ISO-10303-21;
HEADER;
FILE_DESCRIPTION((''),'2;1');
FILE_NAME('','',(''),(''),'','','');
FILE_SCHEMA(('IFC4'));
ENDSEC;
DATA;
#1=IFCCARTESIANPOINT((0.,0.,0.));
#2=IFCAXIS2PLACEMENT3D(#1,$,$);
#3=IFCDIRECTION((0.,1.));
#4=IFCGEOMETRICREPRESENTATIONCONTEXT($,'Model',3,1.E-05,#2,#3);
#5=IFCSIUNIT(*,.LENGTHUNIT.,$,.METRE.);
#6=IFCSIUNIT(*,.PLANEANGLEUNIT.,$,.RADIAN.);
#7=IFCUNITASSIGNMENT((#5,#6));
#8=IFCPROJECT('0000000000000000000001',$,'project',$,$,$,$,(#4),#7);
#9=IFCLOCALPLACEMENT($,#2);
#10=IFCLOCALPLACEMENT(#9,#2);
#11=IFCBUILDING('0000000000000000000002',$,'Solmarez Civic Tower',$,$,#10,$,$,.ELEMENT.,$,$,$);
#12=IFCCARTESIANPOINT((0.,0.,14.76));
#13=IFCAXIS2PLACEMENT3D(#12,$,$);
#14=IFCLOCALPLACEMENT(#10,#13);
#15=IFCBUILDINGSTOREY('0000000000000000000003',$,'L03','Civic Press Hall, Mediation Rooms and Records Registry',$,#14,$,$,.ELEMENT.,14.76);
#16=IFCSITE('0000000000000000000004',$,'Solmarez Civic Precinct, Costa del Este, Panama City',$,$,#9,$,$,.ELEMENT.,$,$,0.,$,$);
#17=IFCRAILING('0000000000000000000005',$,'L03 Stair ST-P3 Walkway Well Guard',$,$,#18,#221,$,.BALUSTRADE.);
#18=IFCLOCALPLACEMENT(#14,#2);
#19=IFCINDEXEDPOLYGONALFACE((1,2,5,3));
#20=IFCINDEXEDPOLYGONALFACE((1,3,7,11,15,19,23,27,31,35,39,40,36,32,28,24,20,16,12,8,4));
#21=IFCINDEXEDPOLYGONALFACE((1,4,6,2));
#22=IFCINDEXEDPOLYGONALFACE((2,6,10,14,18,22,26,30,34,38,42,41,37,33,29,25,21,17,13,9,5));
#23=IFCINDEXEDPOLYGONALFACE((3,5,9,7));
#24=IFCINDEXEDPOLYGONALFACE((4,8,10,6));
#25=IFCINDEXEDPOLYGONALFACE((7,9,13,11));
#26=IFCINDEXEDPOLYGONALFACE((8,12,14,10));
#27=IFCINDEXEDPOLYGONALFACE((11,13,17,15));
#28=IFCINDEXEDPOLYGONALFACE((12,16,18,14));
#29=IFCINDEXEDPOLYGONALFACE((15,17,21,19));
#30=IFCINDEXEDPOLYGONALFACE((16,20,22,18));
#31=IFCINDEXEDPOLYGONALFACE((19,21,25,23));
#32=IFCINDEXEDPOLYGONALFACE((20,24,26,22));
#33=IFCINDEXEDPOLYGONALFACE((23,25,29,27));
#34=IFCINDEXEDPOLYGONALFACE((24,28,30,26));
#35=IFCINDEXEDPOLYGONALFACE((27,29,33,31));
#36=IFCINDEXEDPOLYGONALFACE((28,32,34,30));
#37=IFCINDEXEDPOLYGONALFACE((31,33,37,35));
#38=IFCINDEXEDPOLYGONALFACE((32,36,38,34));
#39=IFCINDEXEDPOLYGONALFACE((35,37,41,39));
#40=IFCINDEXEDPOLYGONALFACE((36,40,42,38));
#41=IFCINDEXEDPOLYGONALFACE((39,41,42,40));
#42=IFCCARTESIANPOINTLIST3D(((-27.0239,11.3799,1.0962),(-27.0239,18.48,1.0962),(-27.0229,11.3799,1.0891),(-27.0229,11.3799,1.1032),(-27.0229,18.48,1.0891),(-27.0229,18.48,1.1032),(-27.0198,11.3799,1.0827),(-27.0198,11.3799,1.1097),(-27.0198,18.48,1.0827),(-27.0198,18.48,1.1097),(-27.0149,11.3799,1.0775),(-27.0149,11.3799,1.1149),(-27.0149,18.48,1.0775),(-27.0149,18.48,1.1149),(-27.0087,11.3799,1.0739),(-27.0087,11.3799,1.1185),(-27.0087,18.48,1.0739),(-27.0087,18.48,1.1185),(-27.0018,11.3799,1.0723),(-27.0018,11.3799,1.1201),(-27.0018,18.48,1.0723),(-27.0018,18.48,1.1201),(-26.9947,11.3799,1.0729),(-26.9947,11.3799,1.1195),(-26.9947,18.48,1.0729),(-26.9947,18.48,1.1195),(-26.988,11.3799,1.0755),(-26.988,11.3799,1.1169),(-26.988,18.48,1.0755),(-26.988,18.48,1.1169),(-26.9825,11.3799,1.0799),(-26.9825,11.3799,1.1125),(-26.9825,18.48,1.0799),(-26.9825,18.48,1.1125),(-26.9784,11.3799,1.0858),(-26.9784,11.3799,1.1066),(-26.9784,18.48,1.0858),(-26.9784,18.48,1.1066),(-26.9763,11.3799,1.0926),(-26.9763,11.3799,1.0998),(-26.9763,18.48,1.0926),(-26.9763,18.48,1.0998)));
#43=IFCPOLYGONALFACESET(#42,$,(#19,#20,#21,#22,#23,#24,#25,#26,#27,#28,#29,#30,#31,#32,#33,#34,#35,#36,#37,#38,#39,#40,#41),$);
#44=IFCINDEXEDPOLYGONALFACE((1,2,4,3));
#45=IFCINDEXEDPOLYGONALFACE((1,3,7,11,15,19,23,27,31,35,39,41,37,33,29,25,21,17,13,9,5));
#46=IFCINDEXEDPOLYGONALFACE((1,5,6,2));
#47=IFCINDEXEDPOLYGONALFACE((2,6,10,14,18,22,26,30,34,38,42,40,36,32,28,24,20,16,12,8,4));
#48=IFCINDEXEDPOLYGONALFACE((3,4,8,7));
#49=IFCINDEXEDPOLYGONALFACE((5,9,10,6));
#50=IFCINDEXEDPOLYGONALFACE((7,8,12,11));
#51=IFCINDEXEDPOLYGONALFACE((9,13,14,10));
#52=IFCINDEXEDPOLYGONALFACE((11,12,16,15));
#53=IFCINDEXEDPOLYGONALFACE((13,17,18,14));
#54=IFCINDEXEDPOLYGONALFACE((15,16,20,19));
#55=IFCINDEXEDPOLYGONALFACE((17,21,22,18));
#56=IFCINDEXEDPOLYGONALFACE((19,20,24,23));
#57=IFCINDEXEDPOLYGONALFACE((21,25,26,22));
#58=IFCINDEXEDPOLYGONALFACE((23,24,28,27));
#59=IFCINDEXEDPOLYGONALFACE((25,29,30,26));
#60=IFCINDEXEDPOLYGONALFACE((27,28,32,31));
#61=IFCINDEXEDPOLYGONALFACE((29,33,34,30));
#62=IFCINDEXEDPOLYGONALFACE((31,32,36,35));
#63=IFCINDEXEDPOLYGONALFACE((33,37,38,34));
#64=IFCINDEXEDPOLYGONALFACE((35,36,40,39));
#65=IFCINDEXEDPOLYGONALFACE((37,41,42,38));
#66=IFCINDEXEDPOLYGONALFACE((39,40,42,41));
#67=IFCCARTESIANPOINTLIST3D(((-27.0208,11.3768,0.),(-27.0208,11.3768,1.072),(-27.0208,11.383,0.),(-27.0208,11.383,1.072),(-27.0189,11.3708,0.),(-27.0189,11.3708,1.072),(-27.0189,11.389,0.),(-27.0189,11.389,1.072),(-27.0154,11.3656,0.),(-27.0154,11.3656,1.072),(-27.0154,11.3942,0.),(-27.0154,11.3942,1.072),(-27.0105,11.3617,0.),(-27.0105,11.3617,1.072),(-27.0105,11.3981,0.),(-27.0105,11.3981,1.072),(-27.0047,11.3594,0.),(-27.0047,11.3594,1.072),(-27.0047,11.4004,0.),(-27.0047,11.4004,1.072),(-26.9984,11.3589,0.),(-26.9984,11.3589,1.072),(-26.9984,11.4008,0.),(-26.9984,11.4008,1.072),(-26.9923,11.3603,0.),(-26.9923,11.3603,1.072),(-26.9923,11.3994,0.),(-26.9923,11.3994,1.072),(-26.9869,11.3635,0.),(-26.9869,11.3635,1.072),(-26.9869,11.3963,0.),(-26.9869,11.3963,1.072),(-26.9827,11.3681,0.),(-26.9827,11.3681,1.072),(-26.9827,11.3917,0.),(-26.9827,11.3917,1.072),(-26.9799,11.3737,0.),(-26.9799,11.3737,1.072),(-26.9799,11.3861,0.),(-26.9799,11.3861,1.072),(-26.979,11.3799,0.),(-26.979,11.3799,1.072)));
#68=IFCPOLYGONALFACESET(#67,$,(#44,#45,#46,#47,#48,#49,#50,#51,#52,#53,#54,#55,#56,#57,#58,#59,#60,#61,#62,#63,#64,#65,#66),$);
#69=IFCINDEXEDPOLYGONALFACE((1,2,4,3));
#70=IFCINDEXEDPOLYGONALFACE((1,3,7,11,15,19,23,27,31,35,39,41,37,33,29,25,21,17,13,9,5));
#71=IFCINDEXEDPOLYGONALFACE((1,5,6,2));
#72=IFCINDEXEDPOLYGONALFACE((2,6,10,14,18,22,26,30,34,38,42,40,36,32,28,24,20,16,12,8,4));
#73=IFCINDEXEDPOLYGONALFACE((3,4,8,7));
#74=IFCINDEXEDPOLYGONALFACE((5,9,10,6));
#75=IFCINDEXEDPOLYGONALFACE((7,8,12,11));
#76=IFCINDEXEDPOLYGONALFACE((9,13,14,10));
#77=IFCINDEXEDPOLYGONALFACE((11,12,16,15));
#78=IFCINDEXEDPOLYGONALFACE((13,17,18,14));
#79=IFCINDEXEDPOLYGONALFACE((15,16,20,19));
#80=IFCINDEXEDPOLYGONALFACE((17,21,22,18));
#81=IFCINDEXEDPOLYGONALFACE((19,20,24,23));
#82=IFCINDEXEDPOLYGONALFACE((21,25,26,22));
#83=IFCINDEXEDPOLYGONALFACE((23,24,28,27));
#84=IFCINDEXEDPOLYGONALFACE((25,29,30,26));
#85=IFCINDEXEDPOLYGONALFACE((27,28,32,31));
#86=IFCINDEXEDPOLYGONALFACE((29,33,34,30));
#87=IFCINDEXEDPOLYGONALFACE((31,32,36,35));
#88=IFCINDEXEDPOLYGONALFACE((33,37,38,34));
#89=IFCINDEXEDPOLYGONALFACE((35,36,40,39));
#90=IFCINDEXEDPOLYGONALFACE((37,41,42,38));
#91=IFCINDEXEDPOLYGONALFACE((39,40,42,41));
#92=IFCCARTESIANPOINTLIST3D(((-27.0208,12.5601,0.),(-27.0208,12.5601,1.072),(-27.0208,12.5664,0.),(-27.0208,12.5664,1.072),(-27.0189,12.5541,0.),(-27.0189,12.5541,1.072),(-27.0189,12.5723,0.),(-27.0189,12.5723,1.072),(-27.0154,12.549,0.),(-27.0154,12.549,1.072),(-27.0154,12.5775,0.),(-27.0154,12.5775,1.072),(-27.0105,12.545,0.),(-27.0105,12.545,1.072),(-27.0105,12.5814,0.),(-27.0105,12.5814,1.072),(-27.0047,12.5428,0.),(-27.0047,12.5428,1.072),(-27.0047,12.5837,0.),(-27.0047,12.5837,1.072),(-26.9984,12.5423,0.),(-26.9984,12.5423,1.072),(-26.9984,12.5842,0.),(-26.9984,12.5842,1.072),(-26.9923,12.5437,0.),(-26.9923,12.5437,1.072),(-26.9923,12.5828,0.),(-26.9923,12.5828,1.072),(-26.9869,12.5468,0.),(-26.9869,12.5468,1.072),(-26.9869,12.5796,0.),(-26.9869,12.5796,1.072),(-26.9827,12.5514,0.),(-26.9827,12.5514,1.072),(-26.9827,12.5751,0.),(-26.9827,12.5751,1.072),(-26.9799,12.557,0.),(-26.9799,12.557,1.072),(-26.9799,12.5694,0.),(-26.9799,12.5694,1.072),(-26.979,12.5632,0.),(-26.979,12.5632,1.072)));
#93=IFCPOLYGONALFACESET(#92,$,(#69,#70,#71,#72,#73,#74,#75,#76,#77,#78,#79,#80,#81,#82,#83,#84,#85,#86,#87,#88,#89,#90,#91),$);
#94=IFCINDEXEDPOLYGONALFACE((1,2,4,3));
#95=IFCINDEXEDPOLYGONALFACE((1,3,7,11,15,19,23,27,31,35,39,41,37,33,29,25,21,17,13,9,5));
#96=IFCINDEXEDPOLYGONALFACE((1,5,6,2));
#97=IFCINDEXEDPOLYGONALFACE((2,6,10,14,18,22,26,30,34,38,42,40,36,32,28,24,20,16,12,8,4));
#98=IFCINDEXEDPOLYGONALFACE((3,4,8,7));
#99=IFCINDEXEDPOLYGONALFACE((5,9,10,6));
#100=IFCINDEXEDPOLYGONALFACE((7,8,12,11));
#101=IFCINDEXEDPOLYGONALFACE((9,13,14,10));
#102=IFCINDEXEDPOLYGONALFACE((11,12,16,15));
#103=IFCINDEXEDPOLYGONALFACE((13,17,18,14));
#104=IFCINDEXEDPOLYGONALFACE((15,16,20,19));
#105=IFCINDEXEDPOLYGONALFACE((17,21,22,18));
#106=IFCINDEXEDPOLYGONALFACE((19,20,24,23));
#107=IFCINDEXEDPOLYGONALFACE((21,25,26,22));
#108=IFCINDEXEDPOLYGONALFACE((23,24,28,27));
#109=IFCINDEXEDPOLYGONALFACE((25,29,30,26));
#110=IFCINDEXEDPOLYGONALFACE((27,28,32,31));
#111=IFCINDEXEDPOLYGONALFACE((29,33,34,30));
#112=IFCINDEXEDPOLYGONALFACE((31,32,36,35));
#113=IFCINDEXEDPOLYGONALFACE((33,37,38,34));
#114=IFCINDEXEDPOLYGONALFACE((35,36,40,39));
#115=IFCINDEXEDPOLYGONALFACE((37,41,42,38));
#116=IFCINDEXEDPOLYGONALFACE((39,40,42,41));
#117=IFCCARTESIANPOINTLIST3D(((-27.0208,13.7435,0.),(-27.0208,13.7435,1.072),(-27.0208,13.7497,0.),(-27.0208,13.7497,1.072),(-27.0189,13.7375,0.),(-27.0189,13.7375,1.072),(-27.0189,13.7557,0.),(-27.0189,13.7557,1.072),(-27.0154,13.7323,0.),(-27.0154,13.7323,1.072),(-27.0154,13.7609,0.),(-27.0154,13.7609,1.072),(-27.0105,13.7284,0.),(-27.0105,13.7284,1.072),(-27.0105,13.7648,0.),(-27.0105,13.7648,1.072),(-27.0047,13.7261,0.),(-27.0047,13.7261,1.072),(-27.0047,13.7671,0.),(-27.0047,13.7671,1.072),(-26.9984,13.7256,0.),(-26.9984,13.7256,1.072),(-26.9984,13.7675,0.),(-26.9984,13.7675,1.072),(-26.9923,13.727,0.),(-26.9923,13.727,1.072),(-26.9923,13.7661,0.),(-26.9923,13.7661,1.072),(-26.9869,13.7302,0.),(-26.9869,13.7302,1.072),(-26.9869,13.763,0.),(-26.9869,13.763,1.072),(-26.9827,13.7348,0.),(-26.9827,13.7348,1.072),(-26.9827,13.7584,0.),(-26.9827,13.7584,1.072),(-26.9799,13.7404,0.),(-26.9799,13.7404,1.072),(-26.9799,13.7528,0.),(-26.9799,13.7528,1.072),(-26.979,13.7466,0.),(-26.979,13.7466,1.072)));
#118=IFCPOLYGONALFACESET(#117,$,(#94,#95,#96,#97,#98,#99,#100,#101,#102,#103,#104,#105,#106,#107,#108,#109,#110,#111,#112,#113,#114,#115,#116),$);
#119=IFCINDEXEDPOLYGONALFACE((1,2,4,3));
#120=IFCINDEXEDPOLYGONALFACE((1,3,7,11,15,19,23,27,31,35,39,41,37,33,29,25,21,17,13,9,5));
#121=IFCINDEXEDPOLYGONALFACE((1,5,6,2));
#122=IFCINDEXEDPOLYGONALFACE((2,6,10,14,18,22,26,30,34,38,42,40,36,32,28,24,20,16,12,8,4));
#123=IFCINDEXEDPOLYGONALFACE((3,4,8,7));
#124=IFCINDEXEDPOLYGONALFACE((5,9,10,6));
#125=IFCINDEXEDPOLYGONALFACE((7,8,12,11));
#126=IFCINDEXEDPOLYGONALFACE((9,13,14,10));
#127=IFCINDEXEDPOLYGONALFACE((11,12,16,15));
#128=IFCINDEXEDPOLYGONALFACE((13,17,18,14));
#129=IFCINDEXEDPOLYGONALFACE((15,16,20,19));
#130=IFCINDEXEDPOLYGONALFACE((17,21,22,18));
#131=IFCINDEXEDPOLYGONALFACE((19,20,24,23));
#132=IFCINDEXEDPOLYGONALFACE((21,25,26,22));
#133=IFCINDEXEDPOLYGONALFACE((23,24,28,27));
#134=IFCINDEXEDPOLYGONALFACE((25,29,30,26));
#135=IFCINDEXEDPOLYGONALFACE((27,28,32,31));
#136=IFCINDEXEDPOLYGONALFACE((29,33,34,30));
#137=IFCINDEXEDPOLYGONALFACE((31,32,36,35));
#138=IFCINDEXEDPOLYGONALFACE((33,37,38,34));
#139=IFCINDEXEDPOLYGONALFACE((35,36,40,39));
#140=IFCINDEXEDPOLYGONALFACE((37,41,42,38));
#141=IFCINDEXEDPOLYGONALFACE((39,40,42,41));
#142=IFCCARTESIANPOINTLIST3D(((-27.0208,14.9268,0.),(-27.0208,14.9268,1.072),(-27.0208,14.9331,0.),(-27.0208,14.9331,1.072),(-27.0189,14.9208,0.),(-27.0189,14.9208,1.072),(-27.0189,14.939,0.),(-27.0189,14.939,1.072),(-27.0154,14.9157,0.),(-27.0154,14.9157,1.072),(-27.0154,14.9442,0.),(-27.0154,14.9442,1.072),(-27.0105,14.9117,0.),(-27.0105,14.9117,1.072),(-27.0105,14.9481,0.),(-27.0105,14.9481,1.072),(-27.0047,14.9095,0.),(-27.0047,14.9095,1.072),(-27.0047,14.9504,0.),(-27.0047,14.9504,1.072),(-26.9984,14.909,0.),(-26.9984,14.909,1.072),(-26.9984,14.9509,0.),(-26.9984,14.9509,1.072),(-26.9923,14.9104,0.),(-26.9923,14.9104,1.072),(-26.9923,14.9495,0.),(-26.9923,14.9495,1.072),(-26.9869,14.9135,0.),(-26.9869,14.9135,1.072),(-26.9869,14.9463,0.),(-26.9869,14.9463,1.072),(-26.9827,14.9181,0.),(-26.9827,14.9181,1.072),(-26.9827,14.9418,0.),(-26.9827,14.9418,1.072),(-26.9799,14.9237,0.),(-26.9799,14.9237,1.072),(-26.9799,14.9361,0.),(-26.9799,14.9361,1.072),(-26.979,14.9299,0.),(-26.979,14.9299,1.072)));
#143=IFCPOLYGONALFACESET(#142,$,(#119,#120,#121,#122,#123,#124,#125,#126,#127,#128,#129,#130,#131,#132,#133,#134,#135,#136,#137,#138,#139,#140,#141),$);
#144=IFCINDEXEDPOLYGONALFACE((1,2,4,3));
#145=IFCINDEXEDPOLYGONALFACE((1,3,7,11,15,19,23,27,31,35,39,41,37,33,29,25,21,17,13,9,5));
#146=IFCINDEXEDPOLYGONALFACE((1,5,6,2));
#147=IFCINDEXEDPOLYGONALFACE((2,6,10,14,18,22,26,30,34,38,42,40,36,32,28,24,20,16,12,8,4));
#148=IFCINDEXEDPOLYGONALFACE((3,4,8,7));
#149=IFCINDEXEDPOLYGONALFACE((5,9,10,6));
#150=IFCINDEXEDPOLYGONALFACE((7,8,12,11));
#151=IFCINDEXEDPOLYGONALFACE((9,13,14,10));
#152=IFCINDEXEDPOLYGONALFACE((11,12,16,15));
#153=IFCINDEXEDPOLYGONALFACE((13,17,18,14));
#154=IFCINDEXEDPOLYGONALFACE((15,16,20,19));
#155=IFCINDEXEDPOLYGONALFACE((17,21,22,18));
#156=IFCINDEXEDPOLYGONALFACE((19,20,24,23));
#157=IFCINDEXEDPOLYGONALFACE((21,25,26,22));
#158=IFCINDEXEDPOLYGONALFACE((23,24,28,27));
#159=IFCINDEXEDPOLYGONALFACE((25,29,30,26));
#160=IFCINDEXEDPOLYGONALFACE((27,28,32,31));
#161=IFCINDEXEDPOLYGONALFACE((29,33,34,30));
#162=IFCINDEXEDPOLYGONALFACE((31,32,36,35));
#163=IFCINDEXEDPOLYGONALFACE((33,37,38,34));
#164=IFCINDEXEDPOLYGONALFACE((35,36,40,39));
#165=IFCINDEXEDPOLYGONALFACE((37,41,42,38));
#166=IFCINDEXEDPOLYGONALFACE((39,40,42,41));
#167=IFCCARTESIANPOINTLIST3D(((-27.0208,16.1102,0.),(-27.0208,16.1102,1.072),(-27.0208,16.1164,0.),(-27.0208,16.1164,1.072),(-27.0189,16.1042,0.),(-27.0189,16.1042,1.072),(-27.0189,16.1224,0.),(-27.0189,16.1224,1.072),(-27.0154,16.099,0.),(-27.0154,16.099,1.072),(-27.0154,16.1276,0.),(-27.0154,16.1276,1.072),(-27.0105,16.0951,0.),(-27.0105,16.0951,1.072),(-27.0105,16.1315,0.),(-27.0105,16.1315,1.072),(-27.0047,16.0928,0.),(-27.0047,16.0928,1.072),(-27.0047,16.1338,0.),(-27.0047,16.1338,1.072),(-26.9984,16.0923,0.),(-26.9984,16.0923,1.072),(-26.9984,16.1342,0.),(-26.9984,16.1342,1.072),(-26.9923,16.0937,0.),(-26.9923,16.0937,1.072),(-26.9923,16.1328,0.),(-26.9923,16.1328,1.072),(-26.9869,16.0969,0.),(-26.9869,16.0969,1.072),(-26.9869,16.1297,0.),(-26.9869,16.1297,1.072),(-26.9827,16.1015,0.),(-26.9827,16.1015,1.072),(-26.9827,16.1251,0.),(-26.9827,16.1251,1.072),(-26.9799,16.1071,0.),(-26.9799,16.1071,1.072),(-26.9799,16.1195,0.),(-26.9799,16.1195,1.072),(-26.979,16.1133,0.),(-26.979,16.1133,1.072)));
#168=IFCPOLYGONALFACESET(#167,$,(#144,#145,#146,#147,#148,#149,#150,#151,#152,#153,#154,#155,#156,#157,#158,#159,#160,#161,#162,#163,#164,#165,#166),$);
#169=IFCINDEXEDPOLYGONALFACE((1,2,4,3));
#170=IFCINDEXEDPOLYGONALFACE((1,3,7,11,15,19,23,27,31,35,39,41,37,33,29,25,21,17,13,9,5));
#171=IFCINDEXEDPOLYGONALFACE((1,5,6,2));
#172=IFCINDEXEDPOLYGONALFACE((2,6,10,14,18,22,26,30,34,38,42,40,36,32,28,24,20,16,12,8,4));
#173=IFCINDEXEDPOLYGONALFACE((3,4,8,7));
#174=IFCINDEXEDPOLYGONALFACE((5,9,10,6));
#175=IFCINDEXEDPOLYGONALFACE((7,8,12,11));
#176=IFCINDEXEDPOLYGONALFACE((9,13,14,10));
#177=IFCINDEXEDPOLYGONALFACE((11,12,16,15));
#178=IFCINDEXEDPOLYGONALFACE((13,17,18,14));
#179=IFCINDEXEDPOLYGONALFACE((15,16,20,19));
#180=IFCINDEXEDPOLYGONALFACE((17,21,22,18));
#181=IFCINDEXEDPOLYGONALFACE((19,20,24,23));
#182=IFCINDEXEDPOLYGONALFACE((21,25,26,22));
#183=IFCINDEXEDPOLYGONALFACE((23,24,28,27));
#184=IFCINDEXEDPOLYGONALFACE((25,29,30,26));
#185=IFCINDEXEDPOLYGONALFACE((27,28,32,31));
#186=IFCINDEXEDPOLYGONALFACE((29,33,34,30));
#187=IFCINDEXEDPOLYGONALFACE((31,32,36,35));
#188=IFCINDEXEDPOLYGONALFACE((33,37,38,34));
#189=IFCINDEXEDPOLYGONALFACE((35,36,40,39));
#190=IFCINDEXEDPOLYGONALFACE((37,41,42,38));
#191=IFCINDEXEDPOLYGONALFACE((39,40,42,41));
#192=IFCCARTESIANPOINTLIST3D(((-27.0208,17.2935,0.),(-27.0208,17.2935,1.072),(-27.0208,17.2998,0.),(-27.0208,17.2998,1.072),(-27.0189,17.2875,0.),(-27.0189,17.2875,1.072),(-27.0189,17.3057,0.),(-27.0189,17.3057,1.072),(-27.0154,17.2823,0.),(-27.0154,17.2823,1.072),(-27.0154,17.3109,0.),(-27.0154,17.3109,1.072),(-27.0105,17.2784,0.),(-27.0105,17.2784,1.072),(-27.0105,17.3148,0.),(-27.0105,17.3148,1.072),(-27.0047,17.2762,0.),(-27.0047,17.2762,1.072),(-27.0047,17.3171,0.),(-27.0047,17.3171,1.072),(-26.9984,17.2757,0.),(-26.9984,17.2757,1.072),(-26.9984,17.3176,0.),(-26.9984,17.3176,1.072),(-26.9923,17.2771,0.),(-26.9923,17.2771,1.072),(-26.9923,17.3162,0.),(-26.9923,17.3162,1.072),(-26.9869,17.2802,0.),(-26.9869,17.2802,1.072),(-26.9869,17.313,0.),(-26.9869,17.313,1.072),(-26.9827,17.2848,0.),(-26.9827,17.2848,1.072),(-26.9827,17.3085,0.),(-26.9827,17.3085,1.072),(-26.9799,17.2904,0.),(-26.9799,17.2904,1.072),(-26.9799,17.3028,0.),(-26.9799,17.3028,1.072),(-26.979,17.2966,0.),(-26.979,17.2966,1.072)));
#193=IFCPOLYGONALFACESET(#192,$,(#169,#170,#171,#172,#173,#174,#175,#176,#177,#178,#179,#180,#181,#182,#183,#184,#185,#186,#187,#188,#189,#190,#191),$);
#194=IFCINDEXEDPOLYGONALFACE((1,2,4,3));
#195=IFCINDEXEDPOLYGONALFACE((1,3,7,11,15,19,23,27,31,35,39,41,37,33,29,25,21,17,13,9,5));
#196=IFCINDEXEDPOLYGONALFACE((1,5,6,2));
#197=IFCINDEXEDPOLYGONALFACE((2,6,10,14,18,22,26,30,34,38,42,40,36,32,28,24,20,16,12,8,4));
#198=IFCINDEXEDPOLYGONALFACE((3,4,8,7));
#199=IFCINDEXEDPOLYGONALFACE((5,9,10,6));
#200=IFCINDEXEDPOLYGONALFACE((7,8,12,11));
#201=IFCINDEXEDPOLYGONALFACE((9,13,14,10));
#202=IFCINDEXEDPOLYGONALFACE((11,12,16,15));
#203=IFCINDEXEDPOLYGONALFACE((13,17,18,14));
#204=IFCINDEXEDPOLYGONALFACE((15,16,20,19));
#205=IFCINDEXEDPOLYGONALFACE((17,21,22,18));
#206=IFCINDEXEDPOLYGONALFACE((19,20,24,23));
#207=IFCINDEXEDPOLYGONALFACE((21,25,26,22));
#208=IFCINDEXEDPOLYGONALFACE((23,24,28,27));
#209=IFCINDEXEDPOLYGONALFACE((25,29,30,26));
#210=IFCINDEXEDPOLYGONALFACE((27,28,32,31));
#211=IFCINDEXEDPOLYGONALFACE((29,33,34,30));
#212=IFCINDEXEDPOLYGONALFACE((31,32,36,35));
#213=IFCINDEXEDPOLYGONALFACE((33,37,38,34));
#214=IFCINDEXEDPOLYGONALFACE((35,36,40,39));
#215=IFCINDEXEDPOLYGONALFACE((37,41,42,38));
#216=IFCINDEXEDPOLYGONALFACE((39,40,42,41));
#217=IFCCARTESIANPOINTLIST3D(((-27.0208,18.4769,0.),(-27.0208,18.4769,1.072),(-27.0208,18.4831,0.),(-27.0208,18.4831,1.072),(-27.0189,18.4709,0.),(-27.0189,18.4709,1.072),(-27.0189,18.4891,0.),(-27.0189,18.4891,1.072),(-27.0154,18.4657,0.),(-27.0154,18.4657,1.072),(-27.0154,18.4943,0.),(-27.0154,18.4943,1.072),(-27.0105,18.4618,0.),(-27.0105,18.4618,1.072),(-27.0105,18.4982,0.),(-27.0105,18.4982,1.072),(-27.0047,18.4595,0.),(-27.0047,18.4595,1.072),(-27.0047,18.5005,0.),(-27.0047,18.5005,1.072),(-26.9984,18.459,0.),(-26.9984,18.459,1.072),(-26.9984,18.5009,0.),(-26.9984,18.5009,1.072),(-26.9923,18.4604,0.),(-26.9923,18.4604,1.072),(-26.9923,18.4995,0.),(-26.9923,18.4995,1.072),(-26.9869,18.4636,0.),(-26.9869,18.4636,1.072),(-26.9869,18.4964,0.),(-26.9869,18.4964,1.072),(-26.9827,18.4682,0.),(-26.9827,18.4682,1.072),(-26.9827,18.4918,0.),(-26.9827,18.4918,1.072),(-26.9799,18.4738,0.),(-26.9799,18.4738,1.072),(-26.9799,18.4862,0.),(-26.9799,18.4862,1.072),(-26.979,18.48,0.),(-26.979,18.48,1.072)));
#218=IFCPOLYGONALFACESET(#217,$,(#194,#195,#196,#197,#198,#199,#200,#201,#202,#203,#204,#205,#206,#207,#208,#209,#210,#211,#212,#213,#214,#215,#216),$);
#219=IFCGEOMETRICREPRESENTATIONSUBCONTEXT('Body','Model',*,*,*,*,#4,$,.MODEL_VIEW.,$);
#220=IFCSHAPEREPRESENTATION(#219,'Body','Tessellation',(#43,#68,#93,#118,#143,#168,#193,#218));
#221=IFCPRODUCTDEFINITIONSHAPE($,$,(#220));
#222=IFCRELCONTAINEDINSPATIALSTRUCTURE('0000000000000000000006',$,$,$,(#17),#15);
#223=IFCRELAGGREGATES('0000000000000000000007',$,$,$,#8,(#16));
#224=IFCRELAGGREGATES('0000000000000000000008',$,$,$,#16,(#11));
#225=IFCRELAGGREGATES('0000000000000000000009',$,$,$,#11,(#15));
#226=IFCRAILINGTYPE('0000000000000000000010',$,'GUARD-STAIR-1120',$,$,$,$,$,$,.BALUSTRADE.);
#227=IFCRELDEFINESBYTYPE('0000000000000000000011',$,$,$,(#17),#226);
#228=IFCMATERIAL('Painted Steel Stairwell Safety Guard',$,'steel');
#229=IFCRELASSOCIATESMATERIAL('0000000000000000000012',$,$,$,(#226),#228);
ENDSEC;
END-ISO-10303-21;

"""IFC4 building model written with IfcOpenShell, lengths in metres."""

from ifc_helpers import new_model, si_unit, direction, frame, origin, origin_2d, place, context, subcontext, project, spatial, circle, extrude, material, type_object, element, save


model = new_model("IFC4")

# Units and contexts
model_context = context("Model", 3, precision=1e-05, world=origin(), true_north=direction((0.0, 1.0)))
body_context = subcontext(model_context, "Body", "Model", "MODEL_VIEW")
ifc_project = project(units=[si_unit("LENGTHUNIT", "METRE"), si_unit("PLANEANGLEUNIT", "RADIAN")], contexts=[model_context])

# Site, building, storey
site_placement = place(None, origin())
site = spatial("IfcSite", under=ifc_project, at=site_placement, Name="Solmarez Civic Precinct, Costa del Este, Panama City", CompositionType="ELEMENT", RefElevation=0.0)
building_placement = place(site_placement, origin())
building = spatial("IfcBuilding", under=site, at=building_placement, Name="Solmarez Civic Tower", CompositionType="ELEMENT")
storey_placement = place(building_placement, frame((0.0, 0.0, 14.76)))
storey = spatial("IfcBuildingStorey", under=building, at=storey_placement, Name="L03", Description="Civic Press Hall, Mediation Rooms and Records Registry", CompositionType="ELEMENT", Elevation=14.76)

# Railing
ifc_material_1 = material(Name="Painted Steel Stairwell Safety Guard", Category="steel")
railing_type_1 = type_object("IfcRailingType", Name="GUARD-STAIR-1120", PredefinedType="BALUSTRADE", material=ifc_material_1)
railing_1_placement = place(storey_placement, frame((-27.0, 11.3799, 0.0)))
element("IfcRailing", 1, at=railing_1_placement, inside=storey, type_object=railing_type_1, Name="L03 Stair ST-P3 Walkway Well Guard", PredefinedType="BALUSTRADE", context=body_context, shape_type="SweptSolid", body=[
    extrude(circle(Radius=0.0239, at=origin_2d()), frame((0.0, 0.0, 1.0962), z_axis=(0.0, 1.0, 0.0), x_axis=(-1.0, 0.0, 0.0)), (0.0, 0.0, 1.0), 7.1001),
    extrude(circle(Radius=0.021, at=origin_2d()), origin(), (0.0, 0.0, 1.0), 1.072),
    extrude(circle(Radius=0.021, at=origin_2d()), frame((0.0, 1.1833, 0.0)), (0.0, 0.0, 1.0), 1.072),
    extrude(circle(Radius=0.021, at=origin_2d()), frame((0.0, 2.3667, 0.0)), (0.0, 0.0, 1.0), 1.072),
    extrude(circle(Radius=0.021, at=origin_2d()), frame((0.0, 3.55, 0.0)), (0.0, 0.0, 1.0), 1.072),
    extrude(circle(Radius=0.021, at=origin_2d()), frame((0.0, 4.7334, 0.0)), (0.0, 0.0, 1.0), 1.072),
    extrude(circle(Radius=0.021, at=origin_2d()), frame((0.0, 5.9167, 0.0)), (0.0, 0.0, 1.0), 1.072),
    extrude(circle(Radius=0.021, at=origin_2d()), frame((0.0, 7.1001, 0.0)), (0.0, 0.0, 1.0), 1.072),
])

save(model, "model.ifc")
